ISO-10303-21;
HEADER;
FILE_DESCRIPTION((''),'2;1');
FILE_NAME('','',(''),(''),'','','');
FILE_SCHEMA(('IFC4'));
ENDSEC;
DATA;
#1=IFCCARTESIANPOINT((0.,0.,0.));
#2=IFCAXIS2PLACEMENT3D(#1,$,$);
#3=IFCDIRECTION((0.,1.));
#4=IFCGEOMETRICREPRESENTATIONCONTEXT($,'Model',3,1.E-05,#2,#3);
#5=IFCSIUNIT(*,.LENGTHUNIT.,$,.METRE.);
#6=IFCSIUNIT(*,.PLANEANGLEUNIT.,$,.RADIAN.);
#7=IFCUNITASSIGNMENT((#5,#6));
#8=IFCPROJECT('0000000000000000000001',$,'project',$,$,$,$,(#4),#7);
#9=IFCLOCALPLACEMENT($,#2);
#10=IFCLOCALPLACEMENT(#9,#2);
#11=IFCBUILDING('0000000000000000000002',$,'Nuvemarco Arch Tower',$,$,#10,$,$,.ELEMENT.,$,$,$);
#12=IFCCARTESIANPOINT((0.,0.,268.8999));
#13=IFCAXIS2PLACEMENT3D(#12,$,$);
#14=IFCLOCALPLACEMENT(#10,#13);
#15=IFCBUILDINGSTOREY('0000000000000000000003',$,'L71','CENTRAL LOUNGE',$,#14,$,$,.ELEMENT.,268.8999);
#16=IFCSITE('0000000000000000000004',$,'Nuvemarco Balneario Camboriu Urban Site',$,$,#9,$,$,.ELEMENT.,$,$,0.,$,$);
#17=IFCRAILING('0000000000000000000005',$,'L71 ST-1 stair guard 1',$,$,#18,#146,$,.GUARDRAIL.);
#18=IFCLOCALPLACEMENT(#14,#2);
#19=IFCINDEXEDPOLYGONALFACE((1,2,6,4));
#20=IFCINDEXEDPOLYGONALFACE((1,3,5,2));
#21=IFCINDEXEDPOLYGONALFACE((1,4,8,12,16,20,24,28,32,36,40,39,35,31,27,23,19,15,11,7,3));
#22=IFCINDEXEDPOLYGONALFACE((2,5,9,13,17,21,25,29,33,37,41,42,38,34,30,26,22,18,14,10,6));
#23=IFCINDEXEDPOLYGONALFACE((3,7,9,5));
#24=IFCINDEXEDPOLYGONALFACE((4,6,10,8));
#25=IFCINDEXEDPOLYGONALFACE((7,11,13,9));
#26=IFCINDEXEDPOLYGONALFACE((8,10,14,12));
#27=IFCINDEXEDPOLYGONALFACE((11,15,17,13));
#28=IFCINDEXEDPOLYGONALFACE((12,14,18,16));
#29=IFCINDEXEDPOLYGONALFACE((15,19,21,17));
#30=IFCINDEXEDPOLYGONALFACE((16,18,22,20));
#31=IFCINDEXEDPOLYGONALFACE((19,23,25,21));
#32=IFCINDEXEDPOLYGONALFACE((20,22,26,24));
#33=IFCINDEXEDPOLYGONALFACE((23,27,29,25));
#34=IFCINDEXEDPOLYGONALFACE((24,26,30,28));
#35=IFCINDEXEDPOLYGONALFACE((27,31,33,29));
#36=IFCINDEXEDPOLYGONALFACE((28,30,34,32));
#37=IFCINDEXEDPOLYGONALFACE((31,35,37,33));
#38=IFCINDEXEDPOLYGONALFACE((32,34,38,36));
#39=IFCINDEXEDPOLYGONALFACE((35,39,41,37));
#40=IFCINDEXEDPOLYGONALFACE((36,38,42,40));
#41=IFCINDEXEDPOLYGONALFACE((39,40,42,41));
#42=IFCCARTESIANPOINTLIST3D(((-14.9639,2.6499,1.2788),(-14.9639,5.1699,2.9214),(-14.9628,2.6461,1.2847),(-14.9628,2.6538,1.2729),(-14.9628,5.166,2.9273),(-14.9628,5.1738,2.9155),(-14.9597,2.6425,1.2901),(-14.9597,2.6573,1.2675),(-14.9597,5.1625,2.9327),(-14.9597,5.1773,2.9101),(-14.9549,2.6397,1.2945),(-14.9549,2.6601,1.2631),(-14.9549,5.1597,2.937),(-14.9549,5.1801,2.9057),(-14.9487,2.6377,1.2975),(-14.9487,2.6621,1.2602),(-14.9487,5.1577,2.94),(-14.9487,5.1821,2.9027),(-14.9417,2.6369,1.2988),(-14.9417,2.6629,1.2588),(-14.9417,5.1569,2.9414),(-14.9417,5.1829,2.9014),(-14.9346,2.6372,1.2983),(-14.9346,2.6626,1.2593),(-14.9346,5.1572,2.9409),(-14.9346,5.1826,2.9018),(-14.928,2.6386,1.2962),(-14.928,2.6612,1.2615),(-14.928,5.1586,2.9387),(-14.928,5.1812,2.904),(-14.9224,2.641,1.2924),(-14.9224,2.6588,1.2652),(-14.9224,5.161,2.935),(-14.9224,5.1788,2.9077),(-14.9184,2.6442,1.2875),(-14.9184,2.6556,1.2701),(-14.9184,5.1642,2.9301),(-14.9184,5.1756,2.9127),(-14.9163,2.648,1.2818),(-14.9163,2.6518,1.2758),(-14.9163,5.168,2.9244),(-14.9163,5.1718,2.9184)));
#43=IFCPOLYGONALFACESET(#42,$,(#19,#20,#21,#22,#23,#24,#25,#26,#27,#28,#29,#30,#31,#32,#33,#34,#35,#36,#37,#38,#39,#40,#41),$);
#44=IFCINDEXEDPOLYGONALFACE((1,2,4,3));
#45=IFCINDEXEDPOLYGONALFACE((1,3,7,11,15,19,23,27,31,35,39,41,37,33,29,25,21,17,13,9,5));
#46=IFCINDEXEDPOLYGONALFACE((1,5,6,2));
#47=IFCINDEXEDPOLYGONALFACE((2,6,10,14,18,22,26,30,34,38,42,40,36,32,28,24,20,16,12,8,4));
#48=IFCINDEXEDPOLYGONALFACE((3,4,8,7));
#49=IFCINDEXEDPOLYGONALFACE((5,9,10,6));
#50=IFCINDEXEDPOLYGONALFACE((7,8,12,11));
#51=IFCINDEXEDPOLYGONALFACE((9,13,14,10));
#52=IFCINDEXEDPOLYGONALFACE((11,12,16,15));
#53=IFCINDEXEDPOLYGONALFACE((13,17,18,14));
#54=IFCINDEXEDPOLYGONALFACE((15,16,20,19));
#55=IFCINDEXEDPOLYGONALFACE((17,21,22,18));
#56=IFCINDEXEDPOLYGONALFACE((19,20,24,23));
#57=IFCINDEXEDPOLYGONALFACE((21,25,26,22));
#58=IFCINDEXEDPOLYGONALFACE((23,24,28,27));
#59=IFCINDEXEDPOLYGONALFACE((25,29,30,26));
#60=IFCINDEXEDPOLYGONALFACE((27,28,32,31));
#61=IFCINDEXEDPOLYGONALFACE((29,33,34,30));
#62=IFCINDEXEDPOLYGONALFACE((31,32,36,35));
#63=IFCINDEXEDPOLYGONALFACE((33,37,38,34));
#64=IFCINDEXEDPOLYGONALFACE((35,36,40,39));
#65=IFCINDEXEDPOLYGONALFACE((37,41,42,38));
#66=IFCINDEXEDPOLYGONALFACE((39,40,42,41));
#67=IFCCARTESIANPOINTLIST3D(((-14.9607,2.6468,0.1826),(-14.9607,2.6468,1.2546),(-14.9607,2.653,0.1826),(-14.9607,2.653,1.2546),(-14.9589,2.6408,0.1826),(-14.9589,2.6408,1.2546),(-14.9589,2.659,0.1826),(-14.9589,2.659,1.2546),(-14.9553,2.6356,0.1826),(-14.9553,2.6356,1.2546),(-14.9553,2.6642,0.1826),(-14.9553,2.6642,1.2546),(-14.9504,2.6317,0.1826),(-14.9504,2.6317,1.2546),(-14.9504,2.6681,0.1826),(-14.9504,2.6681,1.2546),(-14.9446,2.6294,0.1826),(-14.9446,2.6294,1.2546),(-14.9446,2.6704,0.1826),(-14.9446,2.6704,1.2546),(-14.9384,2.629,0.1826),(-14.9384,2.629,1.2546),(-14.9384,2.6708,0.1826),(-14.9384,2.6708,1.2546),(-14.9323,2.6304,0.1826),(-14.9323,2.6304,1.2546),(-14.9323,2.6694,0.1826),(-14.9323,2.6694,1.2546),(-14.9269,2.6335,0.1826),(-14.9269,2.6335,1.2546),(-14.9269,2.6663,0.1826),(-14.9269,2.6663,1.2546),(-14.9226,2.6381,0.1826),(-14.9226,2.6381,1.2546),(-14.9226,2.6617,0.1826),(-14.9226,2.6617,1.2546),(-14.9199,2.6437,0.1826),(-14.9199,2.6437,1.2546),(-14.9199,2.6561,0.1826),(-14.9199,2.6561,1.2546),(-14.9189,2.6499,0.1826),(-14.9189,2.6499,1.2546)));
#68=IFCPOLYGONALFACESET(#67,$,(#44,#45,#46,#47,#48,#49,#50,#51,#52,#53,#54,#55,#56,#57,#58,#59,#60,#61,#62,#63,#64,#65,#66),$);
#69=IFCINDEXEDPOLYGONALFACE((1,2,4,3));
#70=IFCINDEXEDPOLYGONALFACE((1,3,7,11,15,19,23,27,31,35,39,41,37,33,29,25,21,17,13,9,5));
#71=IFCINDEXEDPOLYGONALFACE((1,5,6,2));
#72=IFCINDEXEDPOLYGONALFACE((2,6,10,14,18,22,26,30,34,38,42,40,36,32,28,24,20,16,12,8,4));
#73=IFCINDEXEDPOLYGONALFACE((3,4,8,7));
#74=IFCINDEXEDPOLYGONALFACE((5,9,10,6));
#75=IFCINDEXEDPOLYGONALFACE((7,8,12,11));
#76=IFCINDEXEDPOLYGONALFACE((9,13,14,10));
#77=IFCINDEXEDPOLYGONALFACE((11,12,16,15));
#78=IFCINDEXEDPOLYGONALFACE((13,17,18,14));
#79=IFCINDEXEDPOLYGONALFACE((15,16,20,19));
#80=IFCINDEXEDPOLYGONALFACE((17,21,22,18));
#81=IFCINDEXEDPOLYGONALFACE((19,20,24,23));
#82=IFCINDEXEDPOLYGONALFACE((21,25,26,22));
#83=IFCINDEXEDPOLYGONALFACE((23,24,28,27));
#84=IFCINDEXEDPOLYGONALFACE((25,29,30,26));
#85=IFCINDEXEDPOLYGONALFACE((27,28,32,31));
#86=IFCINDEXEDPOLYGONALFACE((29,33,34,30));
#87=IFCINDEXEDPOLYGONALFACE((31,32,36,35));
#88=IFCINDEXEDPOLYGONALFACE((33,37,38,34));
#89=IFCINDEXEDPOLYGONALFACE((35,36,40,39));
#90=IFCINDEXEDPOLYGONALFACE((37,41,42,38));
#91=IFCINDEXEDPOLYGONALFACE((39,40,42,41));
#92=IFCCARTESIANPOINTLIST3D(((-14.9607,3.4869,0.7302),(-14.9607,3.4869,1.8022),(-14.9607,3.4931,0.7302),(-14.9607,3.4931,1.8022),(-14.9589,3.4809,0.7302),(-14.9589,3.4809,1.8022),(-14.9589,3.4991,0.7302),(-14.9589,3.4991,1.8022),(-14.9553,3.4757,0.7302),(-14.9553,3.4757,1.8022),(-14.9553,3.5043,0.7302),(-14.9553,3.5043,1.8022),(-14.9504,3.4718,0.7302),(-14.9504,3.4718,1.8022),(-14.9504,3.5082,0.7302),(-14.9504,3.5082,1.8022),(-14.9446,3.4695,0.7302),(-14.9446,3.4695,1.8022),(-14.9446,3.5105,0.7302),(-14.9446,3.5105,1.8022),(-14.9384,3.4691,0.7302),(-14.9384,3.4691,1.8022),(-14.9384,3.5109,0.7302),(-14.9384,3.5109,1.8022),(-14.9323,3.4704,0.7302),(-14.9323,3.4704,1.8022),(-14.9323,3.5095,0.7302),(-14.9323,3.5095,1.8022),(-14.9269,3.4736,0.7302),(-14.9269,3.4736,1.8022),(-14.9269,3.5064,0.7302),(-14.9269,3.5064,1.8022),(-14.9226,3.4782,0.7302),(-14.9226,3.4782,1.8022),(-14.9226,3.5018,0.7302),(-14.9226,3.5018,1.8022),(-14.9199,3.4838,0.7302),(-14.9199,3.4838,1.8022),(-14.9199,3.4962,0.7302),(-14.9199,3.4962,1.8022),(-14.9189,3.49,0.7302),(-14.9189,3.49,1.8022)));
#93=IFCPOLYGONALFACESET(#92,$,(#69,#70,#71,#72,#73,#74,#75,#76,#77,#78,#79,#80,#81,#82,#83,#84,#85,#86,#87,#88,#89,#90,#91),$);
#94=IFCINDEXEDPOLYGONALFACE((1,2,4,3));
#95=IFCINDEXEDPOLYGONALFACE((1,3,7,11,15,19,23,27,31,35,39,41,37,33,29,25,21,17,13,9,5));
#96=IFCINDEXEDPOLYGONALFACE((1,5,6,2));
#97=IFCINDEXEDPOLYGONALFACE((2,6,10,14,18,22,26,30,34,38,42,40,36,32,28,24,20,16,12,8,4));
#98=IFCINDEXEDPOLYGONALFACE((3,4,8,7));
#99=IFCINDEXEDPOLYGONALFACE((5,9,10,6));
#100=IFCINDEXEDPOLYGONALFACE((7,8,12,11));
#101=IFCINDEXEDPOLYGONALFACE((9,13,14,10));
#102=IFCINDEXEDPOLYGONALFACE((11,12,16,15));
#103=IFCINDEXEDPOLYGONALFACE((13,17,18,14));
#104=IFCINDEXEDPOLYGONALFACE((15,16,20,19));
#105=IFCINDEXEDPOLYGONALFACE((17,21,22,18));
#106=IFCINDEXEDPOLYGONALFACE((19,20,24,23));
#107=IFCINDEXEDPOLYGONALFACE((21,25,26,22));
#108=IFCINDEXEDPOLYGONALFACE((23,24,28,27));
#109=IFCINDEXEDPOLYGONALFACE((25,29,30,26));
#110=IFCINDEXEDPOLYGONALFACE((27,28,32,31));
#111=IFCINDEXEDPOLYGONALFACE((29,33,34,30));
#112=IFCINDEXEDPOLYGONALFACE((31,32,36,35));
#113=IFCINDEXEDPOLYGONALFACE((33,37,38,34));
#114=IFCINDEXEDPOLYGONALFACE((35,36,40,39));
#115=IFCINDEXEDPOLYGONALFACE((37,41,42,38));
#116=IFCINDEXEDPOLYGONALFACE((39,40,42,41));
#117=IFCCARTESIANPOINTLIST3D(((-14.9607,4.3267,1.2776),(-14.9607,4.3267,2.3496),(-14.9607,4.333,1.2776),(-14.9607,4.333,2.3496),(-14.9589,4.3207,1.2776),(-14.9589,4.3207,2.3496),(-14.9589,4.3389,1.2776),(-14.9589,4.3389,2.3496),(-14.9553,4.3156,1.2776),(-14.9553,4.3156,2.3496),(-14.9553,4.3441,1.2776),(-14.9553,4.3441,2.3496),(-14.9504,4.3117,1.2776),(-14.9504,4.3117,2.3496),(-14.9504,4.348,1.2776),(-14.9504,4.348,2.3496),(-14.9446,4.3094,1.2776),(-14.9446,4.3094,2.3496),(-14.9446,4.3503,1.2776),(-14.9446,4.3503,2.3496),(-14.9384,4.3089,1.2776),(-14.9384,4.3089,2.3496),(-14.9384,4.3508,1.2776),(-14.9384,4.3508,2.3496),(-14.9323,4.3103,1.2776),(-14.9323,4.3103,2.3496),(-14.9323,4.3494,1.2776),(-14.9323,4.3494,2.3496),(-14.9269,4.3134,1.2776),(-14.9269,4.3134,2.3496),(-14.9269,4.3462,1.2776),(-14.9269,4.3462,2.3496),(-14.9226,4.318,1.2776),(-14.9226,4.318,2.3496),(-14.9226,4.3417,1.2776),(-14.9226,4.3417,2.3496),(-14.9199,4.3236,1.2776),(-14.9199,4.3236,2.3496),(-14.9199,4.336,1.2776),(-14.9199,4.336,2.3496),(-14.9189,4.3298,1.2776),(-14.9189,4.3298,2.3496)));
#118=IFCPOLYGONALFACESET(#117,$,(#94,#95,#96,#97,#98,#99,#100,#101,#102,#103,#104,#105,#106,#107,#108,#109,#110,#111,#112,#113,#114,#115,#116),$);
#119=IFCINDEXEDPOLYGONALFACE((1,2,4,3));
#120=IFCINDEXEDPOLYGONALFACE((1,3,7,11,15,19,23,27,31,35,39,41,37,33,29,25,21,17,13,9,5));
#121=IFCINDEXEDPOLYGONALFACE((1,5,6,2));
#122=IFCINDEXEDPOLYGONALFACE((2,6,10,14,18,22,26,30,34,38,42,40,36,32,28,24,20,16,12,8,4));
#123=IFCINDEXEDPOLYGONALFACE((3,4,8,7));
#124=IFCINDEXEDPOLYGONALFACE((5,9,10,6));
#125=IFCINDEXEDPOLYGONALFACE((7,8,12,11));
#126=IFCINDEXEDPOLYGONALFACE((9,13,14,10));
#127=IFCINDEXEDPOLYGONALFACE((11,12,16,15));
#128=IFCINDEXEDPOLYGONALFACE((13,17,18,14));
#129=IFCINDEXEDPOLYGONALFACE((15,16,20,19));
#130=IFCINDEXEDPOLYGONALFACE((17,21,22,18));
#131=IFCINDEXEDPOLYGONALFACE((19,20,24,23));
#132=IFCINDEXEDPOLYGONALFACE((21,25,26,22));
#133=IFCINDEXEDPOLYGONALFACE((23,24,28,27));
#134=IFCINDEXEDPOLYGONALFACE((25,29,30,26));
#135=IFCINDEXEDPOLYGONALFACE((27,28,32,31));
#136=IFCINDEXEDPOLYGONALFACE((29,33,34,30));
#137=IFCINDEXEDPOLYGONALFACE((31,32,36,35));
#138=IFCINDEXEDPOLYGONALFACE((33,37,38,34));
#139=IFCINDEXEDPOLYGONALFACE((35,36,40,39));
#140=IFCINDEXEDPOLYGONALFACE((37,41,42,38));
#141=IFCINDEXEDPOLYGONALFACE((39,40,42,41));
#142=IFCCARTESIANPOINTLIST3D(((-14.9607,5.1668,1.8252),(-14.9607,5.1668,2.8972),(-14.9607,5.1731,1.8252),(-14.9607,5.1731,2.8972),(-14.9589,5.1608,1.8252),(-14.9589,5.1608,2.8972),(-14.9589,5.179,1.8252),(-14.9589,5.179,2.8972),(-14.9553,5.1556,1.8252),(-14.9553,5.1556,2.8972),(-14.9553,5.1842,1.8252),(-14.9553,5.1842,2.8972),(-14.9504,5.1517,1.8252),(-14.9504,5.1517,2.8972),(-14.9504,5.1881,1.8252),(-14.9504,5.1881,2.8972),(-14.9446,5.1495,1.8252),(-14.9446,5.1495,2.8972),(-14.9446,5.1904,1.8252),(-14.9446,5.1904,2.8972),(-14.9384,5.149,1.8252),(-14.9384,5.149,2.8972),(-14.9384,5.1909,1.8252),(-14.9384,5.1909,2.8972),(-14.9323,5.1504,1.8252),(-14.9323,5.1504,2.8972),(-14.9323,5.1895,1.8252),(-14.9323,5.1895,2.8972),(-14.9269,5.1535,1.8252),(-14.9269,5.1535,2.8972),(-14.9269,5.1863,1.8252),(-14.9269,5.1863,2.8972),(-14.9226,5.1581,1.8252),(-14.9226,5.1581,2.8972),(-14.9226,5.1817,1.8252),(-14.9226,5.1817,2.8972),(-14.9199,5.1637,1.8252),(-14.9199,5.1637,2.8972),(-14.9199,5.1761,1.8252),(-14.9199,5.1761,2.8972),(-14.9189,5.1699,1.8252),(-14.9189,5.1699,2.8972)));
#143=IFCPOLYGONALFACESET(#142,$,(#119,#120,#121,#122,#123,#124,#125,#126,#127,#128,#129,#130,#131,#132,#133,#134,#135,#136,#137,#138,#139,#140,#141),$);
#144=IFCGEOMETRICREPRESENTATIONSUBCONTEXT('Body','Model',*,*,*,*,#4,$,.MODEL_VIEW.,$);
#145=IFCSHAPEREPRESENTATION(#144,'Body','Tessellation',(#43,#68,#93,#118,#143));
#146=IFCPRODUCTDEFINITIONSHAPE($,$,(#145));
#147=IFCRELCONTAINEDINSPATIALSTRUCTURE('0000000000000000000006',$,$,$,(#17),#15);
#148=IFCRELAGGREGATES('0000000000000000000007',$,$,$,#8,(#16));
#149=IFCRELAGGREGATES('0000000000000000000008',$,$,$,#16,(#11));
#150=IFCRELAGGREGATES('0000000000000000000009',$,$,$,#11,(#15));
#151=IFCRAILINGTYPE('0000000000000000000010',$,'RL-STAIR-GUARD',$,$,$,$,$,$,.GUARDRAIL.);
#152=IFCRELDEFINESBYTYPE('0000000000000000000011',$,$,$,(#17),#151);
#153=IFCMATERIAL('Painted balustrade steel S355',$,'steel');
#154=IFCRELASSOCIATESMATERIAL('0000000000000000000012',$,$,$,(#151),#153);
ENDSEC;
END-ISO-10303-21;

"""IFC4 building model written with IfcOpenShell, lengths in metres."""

from ifc_helpers import new_model, si_unit, direction, frame, origin, origin_2d, place, context, subcontext, project, spatial, circle, extrude, material, type_object, element, save


model = new_model("IFC4")

# Units and contexts
model_context = context("Model", 3, precision=1e-05, world=origin(), true_north=direction((0.0, 1.0)))
body_context = subcontext(model_context, "Body", "Model", "MODEL_VIEW")
ifc_project = project(units=[si_unit("LENGTHUNIT", "METRE"), si_unit("PLANEANGLEUNIT", "RADIAN")], contexts=[model_context])

# Site, building, storey
site_placement = place(None, origin())
site = spatial("IfcSite", under=ifc_project, at=site_placement, Name="Nuvemarco Balneario Camboriu Urban Site", CompositionType="ELEMENT", RefElevation=0.0)
building_placement = place(site_placement, origin())
building = spatial("IfcBuilding", under=site, at=building_placement, Name="Nuvemarco Arch Tower", CompositionType="ELEMENT")
storey_placement = place(building_placement, frame((0.0, 0.0, 268.8999)))
storey = spatial("IfcBuildingStorey", under=building, at=storey_placement, Name="L71", Description="CENTRAL LOUNGE", CompositionType="ELEMENT", Elevation=268.8999)

# Railing
ifc_material_1 = material(Name="Painted balustrade steel S355", Category="steel")
railing_type_1 = type_object("IfcRailingType", Name="RL-STAIR-GUARD", PredefinedType="GUARDRAIL", material=ifc_material_1)
railing_1_placement = place(storey_placement, frame((-14.9399, 2.6499, 0.1826)))
element("IfcRailing", 1, at=railing_1_placement, inside=storey, type_object=railing_type_1, Name="L71 ST-1 stair guard 1", PredefinedType="GUARDRAIL", context=body_context, shape_type="SweptSolid", body=[
    extrude(circle(Radius=0.0239, at=origin_2d()), frame((0.0, 0.0, 1.0962), z_axis=(0.0, 0.837749, 0.546055), x_axis=(-1.0, 0.0, 0.0)), (0.0, 0.0, 1.0), 3.0081),
    extrude(circle(Radius=0.021, at=origin_2d()), origin(), (0.0, 0.0, 1.0), 1.072),
    extrude(circle(Radius=0.021, at=origin_2d()), frame((0.0, 0.8401, 0.5476)), (0.0, 0.0, 1.0), 1.072),
    extrude(circle(Radius=0.021, at=origin_2d()), frame((0.0, 1.6799, 1.095)), (0.0, 0.0, 1.0), 1.072),
    extrude(circle(Radius=0.021, at=origin_2d()), frame((0.0, 2.52, 1.6426)), (0.0, 0.0, 1.0), 1.072),
])

save(model, "model.ifc")
